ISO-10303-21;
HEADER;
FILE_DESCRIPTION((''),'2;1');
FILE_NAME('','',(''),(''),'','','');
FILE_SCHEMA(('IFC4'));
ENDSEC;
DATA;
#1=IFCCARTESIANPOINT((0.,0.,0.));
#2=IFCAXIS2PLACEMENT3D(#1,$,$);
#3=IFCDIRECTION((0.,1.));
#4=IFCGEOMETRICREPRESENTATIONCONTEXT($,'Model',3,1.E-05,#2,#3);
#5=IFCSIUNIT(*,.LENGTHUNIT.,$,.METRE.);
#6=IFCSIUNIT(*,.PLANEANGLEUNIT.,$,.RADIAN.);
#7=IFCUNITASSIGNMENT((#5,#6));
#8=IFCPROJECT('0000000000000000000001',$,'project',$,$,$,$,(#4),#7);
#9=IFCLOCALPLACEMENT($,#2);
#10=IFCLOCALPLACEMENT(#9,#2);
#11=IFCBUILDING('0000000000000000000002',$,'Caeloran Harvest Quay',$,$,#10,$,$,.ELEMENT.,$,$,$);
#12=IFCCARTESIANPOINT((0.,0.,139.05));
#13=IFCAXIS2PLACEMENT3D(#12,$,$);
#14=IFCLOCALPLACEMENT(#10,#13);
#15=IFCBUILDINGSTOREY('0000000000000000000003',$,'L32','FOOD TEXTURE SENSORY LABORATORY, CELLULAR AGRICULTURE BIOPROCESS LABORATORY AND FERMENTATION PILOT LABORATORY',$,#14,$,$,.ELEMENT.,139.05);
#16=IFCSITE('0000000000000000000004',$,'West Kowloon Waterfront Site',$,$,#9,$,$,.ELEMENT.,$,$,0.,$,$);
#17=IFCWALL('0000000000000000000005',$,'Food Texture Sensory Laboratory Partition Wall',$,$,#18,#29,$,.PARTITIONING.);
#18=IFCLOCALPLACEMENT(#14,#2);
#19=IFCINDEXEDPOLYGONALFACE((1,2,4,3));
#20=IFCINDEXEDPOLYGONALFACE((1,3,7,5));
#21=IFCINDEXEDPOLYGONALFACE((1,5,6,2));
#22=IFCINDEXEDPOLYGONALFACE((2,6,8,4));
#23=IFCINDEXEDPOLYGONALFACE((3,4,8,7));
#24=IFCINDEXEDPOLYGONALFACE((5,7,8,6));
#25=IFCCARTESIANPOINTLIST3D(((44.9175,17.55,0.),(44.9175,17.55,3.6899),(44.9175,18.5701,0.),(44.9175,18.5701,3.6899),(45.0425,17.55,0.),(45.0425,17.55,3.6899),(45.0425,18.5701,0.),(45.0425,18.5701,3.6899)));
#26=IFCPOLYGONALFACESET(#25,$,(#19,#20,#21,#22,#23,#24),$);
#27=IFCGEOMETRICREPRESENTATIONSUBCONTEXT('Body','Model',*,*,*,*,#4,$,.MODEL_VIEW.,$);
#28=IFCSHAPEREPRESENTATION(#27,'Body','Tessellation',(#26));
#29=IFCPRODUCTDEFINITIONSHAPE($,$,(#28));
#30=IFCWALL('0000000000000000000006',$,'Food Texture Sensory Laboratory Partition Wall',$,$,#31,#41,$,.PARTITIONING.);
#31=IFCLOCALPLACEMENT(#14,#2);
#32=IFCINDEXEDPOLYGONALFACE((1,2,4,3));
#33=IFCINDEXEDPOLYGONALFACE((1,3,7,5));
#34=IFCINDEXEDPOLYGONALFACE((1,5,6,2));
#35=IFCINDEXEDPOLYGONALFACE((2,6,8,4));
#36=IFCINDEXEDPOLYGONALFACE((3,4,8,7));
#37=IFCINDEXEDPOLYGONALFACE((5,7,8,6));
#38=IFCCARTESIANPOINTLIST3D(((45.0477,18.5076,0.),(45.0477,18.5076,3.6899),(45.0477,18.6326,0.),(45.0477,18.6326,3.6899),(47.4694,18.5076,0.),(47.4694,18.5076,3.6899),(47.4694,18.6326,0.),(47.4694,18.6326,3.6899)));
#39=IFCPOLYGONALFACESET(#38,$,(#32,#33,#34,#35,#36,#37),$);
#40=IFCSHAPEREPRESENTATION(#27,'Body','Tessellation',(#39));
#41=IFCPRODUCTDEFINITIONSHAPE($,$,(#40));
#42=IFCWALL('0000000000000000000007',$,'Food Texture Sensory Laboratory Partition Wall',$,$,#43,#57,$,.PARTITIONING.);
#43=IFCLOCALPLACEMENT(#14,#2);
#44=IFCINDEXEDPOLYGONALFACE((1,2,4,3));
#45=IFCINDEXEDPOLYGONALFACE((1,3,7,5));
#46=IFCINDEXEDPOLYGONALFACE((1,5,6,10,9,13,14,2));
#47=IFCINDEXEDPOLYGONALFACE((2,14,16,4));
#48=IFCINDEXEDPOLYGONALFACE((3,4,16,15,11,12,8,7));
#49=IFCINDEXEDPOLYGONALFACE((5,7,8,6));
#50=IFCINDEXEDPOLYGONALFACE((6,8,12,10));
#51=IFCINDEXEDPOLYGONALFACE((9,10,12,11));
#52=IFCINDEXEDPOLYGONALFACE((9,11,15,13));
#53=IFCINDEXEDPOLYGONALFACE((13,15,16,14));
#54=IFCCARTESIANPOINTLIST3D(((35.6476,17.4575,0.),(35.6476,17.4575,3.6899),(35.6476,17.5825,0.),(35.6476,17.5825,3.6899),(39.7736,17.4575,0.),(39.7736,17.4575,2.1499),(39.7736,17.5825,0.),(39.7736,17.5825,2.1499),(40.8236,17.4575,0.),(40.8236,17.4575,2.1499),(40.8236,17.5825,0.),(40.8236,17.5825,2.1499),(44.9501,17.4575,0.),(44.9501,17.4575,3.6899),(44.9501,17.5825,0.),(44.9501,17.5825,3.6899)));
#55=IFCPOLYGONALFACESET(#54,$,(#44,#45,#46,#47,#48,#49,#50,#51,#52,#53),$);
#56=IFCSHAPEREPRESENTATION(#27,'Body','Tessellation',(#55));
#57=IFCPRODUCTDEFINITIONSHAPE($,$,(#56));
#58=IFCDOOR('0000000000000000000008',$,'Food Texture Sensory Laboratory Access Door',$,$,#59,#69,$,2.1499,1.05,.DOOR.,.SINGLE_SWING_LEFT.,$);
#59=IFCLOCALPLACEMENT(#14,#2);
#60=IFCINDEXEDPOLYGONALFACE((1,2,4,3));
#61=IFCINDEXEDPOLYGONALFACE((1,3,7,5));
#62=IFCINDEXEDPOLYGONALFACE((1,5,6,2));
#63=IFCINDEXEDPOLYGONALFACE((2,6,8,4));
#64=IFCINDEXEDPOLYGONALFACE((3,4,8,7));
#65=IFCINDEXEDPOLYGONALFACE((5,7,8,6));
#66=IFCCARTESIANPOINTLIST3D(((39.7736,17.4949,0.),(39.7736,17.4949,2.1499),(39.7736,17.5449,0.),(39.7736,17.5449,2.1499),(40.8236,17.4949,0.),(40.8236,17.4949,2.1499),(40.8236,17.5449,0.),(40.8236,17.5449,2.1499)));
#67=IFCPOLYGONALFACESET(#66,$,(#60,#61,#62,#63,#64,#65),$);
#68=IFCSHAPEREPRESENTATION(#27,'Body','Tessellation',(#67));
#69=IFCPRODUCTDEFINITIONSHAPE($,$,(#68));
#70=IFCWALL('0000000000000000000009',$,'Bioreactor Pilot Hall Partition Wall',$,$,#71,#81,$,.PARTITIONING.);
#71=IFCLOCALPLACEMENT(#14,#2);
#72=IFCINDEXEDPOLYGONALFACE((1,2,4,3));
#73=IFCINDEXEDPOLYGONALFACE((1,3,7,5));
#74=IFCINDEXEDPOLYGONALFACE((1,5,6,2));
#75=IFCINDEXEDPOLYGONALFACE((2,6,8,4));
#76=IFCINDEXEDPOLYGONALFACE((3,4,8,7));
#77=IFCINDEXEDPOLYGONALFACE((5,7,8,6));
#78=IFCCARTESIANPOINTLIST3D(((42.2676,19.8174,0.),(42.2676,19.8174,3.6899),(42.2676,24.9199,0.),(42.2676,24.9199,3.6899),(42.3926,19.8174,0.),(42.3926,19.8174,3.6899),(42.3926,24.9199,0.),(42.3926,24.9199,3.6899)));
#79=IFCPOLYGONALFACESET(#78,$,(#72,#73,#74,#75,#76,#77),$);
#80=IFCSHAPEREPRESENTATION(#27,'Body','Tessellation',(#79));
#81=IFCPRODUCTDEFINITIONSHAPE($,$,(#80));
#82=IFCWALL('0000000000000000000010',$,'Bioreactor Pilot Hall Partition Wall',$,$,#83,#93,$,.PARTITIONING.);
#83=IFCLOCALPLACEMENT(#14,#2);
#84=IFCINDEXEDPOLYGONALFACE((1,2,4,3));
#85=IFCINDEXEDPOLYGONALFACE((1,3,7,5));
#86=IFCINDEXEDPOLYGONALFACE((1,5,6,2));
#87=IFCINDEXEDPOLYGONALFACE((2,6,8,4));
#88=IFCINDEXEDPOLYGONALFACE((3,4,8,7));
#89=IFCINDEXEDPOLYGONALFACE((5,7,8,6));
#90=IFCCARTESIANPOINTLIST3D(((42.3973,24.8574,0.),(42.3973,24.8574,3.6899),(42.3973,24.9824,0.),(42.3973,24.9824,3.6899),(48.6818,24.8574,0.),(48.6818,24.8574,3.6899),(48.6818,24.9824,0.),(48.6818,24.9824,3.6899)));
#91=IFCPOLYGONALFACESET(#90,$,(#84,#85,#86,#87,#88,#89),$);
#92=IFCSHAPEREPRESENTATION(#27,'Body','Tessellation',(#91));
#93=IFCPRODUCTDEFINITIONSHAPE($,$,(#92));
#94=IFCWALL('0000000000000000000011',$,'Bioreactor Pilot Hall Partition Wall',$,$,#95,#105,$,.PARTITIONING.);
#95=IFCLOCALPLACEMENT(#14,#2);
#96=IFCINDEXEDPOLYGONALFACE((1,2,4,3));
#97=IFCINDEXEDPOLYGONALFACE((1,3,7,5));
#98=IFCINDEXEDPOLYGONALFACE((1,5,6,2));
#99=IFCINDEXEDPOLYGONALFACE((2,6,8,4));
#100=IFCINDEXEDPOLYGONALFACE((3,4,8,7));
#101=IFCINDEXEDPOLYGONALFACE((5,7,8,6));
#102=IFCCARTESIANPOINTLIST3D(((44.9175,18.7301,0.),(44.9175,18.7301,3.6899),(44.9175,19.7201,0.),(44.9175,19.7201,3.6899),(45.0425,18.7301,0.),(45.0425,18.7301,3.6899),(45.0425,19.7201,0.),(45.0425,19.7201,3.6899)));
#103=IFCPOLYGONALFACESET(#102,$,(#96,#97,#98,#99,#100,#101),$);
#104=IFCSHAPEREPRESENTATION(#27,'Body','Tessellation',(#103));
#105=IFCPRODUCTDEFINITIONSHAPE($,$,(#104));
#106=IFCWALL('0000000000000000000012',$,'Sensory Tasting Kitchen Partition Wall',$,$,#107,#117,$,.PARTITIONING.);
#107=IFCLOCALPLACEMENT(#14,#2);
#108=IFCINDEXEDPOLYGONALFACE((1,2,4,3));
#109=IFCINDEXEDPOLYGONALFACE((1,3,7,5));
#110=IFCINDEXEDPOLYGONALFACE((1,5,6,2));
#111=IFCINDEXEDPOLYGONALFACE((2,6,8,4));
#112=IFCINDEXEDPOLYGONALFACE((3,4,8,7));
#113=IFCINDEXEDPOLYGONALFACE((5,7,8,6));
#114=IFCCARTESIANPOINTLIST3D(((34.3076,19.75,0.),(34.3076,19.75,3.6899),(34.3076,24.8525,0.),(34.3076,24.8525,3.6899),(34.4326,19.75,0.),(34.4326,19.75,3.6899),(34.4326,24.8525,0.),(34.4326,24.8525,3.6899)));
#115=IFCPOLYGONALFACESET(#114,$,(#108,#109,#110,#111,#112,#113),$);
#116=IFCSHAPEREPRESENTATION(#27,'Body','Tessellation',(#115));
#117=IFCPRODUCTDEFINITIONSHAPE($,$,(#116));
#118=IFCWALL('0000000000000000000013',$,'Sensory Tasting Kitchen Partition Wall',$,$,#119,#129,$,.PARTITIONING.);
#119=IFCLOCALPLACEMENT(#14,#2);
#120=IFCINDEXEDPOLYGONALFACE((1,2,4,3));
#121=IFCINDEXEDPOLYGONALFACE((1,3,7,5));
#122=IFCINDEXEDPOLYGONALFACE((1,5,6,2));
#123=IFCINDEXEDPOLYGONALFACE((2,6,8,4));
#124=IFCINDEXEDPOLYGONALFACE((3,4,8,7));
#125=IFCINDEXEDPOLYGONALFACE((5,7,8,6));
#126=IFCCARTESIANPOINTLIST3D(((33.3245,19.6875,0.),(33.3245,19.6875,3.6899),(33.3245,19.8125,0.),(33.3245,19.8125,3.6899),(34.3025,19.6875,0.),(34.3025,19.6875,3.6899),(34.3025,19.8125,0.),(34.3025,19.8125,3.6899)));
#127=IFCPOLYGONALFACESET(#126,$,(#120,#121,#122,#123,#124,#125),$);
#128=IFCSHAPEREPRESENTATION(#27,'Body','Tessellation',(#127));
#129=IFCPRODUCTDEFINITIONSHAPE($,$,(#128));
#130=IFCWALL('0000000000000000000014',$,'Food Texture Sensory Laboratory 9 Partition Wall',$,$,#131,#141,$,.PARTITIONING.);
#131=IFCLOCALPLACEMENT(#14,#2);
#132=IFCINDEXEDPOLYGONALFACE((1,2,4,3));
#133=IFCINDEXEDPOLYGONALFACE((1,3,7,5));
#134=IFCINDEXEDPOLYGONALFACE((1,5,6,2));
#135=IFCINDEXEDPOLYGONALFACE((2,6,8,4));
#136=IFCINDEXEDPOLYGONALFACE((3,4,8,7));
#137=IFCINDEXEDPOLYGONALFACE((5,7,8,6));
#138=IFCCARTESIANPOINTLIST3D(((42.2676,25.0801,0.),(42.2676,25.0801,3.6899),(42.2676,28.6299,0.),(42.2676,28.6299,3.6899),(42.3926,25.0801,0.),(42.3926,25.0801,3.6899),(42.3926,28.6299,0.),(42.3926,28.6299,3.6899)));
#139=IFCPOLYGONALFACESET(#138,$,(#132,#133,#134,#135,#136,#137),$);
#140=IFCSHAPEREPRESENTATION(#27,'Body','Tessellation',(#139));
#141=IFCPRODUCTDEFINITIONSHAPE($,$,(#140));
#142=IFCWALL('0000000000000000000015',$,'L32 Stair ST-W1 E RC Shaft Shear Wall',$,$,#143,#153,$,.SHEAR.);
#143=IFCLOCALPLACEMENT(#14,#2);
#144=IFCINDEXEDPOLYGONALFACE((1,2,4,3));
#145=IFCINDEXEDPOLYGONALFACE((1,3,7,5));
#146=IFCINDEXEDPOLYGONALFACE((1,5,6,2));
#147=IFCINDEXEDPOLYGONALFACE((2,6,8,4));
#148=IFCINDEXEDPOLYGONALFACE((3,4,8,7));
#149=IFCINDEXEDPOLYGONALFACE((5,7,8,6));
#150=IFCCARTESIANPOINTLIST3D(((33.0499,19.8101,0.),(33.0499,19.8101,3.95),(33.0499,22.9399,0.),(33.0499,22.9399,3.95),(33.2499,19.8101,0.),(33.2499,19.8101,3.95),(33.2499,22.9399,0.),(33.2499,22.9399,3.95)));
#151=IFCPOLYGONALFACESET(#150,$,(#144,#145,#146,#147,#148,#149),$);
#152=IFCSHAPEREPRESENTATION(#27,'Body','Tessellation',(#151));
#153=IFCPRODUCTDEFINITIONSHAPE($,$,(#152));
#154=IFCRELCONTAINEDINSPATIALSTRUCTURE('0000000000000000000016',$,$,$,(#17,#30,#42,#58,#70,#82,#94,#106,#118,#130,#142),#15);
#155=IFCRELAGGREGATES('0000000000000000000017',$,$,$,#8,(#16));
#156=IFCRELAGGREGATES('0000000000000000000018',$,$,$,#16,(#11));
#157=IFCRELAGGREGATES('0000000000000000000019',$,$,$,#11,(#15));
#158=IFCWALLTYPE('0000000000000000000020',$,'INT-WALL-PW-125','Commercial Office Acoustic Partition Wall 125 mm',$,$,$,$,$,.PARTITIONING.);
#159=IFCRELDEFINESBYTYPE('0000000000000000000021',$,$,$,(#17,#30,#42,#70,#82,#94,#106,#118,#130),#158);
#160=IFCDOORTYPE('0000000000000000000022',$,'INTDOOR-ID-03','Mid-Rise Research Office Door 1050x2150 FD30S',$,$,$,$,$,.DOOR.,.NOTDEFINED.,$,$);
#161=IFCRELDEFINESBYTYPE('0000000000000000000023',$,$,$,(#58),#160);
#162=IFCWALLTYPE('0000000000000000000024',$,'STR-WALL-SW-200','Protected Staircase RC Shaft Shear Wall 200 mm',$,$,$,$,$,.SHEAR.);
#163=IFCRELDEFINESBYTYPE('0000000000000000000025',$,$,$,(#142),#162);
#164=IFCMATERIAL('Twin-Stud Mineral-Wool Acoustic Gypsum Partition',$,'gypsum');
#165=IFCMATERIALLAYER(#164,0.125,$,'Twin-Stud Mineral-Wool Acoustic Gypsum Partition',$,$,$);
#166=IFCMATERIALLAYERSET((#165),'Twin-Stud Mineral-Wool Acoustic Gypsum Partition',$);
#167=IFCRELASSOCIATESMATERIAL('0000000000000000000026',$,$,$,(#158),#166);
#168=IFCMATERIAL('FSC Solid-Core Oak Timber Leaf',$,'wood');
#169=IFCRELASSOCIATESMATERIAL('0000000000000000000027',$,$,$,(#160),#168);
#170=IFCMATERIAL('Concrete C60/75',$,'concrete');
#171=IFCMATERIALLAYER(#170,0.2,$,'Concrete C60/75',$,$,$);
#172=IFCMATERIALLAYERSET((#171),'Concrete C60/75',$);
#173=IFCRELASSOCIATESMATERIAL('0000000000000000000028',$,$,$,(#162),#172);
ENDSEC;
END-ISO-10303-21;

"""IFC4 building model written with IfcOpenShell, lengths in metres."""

from ifc_helpers import new_model, si_unit, direction, frame, frame_2d, origin, place, context, subcontext, project, spatial, rectangle, extrude, material, layer, layer_set, type_object, element, fill, save


model = new_model("IFC4")

# Units and contexts
model_context = context("Model", 3, precision=1e-05, world=origin(), true_north=direction((0.0, 1.0)))
body_context = subcontext(model_context, "Body", "Model", "MODEL_VIEW")
ifc_project = project(units=[si_unit("LENGTHUNIT", "METRE"), si_unit("PLANEANGLEUNIT", "RADIAN")], contexts=[model_context])

# Site, building, storey
site_placement = place(None, origin())
site = spatial("IfcSite", under=ifc_project, at=site_placement, Name="West Kowloon Waterfront Site", CompositionType="ELEMENT", RefElevation=0.0)
building_placement = place(site_placement, origin())
building = spatial("IfcBuilding", under=site, at=building_placement, Name="Caeloran Harvest Quay", CompositionType="ELEMENT")
storey_placement = place(building_placement, frame((0.0, 0.0, 139.05)))
storey = spatial("IfcBuildingStorey", under=building, at=storey_placement, Name="L32", Description="FOOD TEXTURE SENSORY LABORATORY, CELLULAR AGRICULTURE BIOPROCESS LABORATORY AND FERMENTATION PILOT LABORATORY", CompositionType="ELEMENT", Elevation=139.05)

# Walls
ifc_material_1 = material(Name="Twin-Stud Mineral-Wool Acoustic Gypsum Partition", Category="gypsum")
ifc_layer_1 = layer(ifc_material_1, 0.125, Name="Twin-Stud Mineral-Wool Acoustic Gypsum Partition")
ifc_layer_set_1 = layer_set([ifc_layer_1], Name="Twin-Stud Mineral-Wool Acoustic Gypsum Partition")
wall_type_1 = type_object("IfcWallType", Name="INT-WALL-PW-125", Description="Commercial Office Acoustic Partition Wall 125 mm", PredefinedType="PARTITIONING", material=ifc_layer_set_1)
wall_1_placement = place(storey_placement, frame((44.98, 17.55, 0.0), z_axis=(0.0, 0.0, 1.0), x_axis=(0.0, 1.0, 0.0)))
element("IfcWall", 1, at=wall_1_placement, inside=storey, type_object=wall_type_1, Name="Food Texture Sensory Laboratory Partition Wall", PredefinedType="PARTITIONING", context=body_context, shape_type="SweptSolid", body=[
    extrude(rectangle(XDim=1.02, YDim=0.125, at=frame_2d((0.51, 0.0))), origin(), (0.0, 0.0, 1.0), 3.6899),
])
wall_2_placement = place(storey_placement, frame((45.0476, 18.5701, 0.0), z_axis=(0.0, 0.0, 1.0), x_axis=(1.0, 0.0, 0.0)))
element("IfcWall", 2, at=wall_2_placement, inside=storey, type_object=wall_type_1, Name="Food Texture Sensory Laboratory Partition Wall", PredefinedType="PARTITIONING", context=body_context, shape_type="SweptSolid", body=[
    extrude(rectangle(XDim=2.4216, YDim=0.125, at=frame_2d((1.2109, 0.0))), origin(), (0.0, 0.0, 1.0), 3.6899),
])

# Wall, opening, door
wall_3_placement = place(storey_placement, frame((35.6475, 17.52, 0.0), z_axis=(0.0, 0.0, 1.0), x_axis=(1.0, 0.0, 0.0)))
wall_3 = element("IfcWall", 3, at=wall_3_placement, inside=storey, type_object=wall_type_1, Name="Food Texture Sensory Laboratory Partition Wall", PredefinedType="PARTITIONING", context=body_context, shape_type="SweptSolid", body=[
    extrude(rectangle(XDim=9.3025, YDim=0.125, at=frame_2d((4.6514, 0.0))), origin(), (0.0, 0.0, 1.0), 3.6899),
])
opening_1_placement = place(wall_3_placement, frame((4.1262, 0.0, 0.0)))
opening_1 = element("IfcOpeningElement", 4, at=opening_1_placement, cuts=wall_3, PredefinedType="OPENING", context=body_context, shape_type="SweptSolid", body=[
    extrude(rectangle(XDim=1.05, YDim=2.1499, at=frame_2d((0.5249, 1.075))), frame((0.0, 0.0725, 0.0), z_axis=(0.0, -1.0, 0.0), x_axis=(1.0, 0.0, 0.0)), (0.0, 0.0, 1.0), 0.145),
])
ifc_material_2 = material(Name="FSC Solid-Core Oak Timber Leaf", Category="wood")
door_type = type_object("IfcDoorType", Name="INTDOOR-ID-03", Description="Mid-Rise Research Office Door 1050x2150 FD30S", OperationType="NOTDEFINED", PredefinedType="DOOR", material=ifc_material_2)
door_1_placement = place(opening_1_placement, origin())
door_1 = element("IfcDoor", 5, at=door_1_placement, inside=storey, type_object=door_type, Name="Food Texture Sensory Laboratory Access Door", OperationType="SINGLE_SWING_LEFT", OverallHeight=2.1499, OverallWidth=1.05, PredefinedType="DOOR", context=body_context, shape_type="SweptSolid", body=[
    extrude(rectangle(XDim=1.05, YDim=2.1499, at=frame_2d((0.5249, 1.075))), frame((0.0, 0.0249, 0.0), z_axis=(0.0, -1.0, 0.0), x_axis=(1.0, 0.0, 0.0)), (0.0, 0.0, 1.0), 0.05),
])
fill(opening_1, door_1)

# Walls
wall_4_placement = place(storey_placement, frame((42.3301, 19.8174, 0.0), z_axis=(0.0, 0.0, 1.0), x_axis=(0.0, 1.0, 0.0)))
element("IfcWall", 6, at=wall_4_placement, inside=storey, type_object=wall_type_1, Name="Bioreactor Pilot Hall Partition Wall", PredefinedType="PARTITIONING", context=body_context, shape_type="SweptSolid", body=[
    extrude(rectangle(XDim=5.1025, YDim=0.125, at=frame_2d((2.5513, 0.0))), origin(), (0.0, 0.0, 1.0), 3.6899),
])
wall_5_placement = place(storey_placement, frame((42.3975, 24.9199, 0.0), z_axis=(0.0, 0.0, 1.0), x_axis=(1.0, 0.0, 0.0)))
element("IfcWall", 7, at=wall_5_placement, inside=storey, type_object=wall_type_1, Name="Bioreactor Pilot Hall Partition Wall", PredefinedType="PARTITIONING", context=body_context, shape_type="SweptSolid", body=[
    extrude(rectangle(XDim=6.2844, YDim=0.125, at=frame_2d((3.1421, 0.0))), origin(), (0.0, 0.0, 1.0), 3.6899),
])
wall_6_placement = place(storey_placement, frame((44.98, 18.73, 0.0), z_axis=(0.0, 0.0, 1.0), x_axis=(0.0, 1.0, 0.0)))
element("IfcWall", 8, at=wall_6_placement, inside=storey, type_object=wall_type_1, Name="Bioreactor Pilot Hall Partition Wall", PredefinedType="PARTITIONING", context=body_context, shape_type="SweptSolid", body=[
    extrude(rectangle(XDim=0.99, YDim=0.125, at=frame_2d((0.4951, 0.0))), origin(), (0.0, 0.0, 1.0), 3.6899),
])
wall_7_placement = place(storey_placement, frame((34.3701, 24.8525, 0.0), z_axis=(0.0, 0.0, 1.0), x_axis=(0.0, -1.0, 0.0)))
element("IfcWall", 9, at=wall_7_placement, inside=storey, type_object=wall_type_1, Name="Sensory Tasting Kitchen Partition Wall", PredefinedType="PARTITIONING", context=body_context, shape_type="SweptSolid", body=[
    extrude(rectangle(XDim=5.1025, YDim=0.125, at=frame_2d((2.5513, 0.0))), origin(), (0.0, 0.0, 1.0), 3.6899),
])
wall_8_placement = place(storey_placement, frame((34.3025, 19.75, 0.0), z_axis=(0.0, 0.0, 1.0), x_axis=(-1.0, 0.0, 0.0)))
element("IfcWall", 10, at=wall_8_placement, inside=storey, type_object=wall_type_1, Name="Sensory Tasting Kitchen Partition Wall", PredefinedType="PARTITIONING", context=body_context, shape_type="SweptSolid", body=[
    extrude(rectangle(XDim=0.978, YDim=0.125, at=frame_2d((0.489, 0.0))), origin(), (0.0, 0.0, 1.0), 3.6899),
])
wall_9_placement = place(storey_placement, frame((42.3301, 25.0801, 0.0), z_axis=(0.0, 0.0, 1.0), x_axis=(0.0, 1.0, 0.0)))
element("IfcWall", 11, at=wall_9_placement, inside=storey, type_object=wall_type_1, Name="Food Texture Sensory Laboratory 9 Partition Wall", PredefinedType="PARTITIONING", context=body_context, shape_type="SweptSolid", body=[
    extrude(rectangle(XDim=3.5498, YDim=0.125, at=frame_2d((1.7749, 0.0))), origin(), (0.0, 0.0, 1.0), 3.6899),
])
ifc_material_3 = material(Name="Concrete C60/75", Category="concrete")
ifc_layer_2 = layer(ifc_material_3, 0.2, Name="Concrete C60/75")
ifc_layer_set_2 = layer_set([ifc_layer_2], Name="Concrete C60/75")
wall_type_2 = type_object("IfcWallType", Name="STR-WALL-SW-200", Description="Protected Staircase RC Shaft Shear Wall 200 mm", PredefinedType="SHEAR", material=ifc_layer_set_2)
wall_10_placement = place(storey_placement, frame((33.1499, 19.8101, 0.0), z_axis=(0.0, 0.0, 1.0), x_axis=(0.0, 1.0, 0.0)))
element("IfcWall", 12, at=wall_10_placement, inside=storey, type_object=wall_type_2, Name="L32 Stair ST-W1 E RC Shaft Shear Wall", PredefinedType="SHEAR", context=body_context, shape_type="SweptSolid", body=[
    extrude(rectangle(XDim=3.1299, YDim=0.2, at=frame_2d((1.5649, 0.0))), origin(), (0.0, 0.0, 1.0), 3.95),
])

save(model, "model.ifc")
